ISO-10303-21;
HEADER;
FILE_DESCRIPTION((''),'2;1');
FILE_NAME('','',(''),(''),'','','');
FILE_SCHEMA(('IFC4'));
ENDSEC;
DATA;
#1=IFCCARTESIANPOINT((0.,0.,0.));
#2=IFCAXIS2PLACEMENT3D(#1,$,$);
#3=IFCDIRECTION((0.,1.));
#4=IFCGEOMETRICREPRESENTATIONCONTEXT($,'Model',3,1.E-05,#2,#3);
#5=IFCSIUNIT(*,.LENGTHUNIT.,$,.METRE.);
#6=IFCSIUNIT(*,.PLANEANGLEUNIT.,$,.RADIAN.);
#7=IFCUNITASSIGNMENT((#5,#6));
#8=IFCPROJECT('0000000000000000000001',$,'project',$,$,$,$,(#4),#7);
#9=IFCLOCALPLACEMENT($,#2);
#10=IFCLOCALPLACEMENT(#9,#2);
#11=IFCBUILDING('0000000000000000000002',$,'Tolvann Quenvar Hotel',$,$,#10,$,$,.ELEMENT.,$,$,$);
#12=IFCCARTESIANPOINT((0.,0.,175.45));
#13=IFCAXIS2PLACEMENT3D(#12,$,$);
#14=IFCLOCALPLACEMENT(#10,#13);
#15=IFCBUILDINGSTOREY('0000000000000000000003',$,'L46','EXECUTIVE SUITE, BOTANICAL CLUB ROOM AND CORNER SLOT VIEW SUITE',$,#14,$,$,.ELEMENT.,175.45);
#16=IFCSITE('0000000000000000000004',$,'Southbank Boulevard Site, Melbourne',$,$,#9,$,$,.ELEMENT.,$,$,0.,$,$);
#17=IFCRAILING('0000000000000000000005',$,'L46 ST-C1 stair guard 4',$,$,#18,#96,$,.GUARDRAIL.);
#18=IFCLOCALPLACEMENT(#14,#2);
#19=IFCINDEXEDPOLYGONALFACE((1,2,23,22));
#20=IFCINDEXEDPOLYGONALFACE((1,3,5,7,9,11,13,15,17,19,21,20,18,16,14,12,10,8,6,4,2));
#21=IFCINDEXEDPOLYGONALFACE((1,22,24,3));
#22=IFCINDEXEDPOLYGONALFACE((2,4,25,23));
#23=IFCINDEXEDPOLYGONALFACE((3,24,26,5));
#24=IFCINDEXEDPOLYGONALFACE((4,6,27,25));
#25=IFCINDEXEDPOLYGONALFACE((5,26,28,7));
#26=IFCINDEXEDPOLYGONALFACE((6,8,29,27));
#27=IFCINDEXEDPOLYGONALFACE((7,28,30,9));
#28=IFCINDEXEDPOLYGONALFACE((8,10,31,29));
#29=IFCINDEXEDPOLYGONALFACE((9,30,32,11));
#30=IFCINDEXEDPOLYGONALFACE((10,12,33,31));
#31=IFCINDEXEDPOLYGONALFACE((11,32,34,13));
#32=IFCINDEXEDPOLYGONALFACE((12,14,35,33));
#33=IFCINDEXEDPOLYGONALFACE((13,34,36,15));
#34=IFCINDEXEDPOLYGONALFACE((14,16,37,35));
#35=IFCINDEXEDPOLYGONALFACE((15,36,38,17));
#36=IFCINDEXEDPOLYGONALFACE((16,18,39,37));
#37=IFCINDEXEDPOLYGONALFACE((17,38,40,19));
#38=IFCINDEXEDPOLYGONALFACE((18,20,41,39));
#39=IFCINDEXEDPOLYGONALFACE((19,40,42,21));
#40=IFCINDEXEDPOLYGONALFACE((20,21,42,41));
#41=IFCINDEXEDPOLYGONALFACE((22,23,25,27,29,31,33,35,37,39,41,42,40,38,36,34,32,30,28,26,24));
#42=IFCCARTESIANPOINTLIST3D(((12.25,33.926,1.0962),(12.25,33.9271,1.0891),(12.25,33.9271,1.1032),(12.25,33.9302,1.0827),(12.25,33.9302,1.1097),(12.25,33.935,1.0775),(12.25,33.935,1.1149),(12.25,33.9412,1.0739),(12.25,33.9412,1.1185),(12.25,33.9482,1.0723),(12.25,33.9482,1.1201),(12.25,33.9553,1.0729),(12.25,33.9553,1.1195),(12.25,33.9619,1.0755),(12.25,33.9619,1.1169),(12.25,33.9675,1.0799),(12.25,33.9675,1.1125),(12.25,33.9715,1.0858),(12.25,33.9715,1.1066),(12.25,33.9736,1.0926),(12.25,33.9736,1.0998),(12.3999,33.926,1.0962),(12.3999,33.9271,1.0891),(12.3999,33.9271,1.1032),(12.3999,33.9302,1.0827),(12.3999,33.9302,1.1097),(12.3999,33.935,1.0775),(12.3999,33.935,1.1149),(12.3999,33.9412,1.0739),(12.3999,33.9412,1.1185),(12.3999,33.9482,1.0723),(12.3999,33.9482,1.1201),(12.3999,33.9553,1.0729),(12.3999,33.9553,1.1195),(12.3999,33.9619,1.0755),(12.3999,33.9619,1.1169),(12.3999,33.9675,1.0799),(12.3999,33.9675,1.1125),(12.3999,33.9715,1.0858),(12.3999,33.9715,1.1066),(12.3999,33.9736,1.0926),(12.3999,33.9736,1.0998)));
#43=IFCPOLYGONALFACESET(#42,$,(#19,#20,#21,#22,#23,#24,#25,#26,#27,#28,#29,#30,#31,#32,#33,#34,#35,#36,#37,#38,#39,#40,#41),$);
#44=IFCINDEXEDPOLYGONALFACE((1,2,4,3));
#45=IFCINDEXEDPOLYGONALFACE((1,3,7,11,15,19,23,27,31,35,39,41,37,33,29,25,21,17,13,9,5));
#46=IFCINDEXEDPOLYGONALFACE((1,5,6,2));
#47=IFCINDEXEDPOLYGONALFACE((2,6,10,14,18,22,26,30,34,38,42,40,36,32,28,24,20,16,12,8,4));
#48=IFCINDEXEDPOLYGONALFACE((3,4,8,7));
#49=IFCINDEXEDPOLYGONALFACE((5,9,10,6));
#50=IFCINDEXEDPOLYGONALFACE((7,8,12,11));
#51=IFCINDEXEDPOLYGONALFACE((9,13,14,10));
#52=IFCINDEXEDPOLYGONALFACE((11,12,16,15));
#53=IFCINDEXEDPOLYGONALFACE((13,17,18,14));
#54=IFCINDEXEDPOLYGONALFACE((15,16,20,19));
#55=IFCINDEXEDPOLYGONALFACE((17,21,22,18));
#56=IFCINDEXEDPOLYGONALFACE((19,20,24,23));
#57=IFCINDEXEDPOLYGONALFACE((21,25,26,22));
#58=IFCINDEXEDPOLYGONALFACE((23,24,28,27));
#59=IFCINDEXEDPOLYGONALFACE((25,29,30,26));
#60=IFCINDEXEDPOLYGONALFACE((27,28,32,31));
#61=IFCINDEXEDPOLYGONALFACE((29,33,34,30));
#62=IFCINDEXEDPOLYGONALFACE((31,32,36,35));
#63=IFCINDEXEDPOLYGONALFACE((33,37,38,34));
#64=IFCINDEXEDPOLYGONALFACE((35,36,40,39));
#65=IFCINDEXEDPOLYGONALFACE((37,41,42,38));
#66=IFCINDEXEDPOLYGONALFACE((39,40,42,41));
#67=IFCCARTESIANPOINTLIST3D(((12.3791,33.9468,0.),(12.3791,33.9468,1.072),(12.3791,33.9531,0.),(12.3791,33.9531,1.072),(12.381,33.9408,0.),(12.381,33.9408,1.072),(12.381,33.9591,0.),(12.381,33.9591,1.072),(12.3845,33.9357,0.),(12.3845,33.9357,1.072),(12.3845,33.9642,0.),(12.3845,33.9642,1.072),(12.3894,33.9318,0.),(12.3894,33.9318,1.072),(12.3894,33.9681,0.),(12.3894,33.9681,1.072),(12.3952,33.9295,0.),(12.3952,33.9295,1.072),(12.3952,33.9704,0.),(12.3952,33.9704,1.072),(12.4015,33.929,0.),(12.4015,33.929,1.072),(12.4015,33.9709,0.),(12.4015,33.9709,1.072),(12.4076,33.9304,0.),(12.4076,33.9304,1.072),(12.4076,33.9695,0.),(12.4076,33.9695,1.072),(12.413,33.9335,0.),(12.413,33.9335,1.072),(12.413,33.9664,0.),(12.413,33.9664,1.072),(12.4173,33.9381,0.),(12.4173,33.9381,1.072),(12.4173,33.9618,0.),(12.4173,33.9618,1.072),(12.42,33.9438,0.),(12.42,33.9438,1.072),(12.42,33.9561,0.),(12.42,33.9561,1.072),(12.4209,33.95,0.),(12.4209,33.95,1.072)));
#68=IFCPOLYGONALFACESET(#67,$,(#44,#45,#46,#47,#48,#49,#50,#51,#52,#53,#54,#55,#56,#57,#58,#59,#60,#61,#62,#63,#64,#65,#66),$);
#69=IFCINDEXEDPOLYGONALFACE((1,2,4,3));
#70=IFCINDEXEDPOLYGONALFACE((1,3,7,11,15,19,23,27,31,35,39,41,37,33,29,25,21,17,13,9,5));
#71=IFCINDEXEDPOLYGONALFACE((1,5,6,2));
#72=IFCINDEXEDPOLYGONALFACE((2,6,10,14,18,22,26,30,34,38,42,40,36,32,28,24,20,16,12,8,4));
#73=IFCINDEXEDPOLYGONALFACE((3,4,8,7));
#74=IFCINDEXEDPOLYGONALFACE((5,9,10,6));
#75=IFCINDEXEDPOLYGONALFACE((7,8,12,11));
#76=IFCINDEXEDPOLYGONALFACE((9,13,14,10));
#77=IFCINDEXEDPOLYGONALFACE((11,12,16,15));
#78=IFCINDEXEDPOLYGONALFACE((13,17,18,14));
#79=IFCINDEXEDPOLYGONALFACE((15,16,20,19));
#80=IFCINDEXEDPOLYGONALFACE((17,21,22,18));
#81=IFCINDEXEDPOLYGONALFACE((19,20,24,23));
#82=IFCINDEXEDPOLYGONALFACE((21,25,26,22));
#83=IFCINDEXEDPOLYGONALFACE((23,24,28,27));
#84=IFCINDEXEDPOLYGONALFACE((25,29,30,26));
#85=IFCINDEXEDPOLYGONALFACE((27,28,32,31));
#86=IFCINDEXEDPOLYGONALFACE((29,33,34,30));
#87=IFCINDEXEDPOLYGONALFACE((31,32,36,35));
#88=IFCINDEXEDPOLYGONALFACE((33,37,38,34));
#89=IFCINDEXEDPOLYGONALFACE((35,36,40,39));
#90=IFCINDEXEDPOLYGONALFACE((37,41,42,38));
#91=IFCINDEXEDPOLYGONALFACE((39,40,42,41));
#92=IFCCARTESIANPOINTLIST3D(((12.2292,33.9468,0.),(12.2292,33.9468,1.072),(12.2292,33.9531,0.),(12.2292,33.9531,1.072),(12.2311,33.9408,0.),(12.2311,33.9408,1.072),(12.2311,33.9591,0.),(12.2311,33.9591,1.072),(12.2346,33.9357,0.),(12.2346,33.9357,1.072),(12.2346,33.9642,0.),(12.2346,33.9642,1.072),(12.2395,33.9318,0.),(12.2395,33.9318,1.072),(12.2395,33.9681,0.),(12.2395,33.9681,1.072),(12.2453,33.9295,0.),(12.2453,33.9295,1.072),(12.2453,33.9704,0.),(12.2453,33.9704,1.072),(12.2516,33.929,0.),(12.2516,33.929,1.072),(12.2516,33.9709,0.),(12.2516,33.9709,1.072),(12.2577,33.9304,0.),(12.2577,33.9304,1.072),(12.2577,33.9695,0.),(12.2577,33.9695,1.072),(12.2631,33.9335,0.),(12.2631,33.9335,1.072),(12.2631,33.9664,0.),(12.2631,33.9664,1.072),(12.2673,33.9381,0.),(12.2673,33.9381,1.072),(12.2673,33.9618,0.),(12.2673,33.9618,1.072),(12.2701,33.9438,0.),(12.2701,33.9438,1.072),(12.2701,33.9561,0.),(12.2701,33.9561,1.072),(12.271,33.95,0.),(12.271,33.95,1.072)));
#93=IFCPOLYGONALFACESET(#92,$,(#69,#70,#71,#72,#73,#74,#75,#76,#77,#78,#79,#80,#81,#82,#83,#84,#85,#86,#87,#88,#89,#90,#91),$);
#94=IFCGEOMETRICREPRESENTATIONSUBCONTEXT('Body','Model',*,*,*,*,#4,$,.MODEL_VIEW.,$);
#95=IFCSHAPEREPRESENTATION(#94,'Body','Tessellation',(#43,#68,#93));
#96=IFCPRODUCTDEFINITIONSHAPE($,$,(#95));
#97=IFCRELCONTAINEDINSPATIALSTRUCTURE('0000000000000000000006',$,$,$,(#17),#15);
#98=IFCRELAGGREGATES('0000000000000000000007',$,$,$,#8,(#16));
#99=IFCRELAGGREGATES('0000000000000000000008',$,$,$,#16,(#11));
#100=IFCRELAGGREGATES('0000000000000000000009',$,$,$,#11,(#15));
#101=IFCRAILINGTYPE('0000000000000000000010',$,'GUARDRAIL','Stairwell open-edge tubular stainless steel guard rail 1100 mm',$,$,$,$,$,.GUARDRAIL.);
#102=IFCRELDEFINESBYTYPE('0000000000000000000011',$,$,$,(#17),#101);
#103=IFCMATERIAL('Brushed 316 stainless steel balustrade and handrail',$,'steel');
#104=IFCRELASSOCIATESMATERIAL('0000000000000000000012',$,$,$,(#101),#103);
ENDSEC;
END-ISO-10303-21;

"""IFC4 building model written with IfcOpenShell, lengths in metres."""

from ifc_helpers import new_model, si_unit, direction, frame, origin, origin_2d, place, context, subcontext, project, spatial, circle, extrude, material, type_object, element, save


model = new_model("IFC4")

# Units and contexts
model_context = context("Model", 3, precision=1e-05, world=origin(), true_north=direction((0.0, 1.0)))
body_context = subcontext(model_context, "Body", "Model", "MODEL_VIEW")
ifc_project = project(units=[si_unit("LENGTHUNIT", "METRE"), si_unit("PLANEANGLEUNIT", "RADIAN")], contexts=[model_context])

# Site, building, storey
site_placement = place(None, origin())
site = spatial("IfcSite", under=ifc_project, at=site_placement, Name="Southbank Boulevard Site, Melbourne", CompositionType="ELEMENT", RefElevation=0.0)
building_placement = place(site_placement, origin())
building = spatial("IfcBuilding", under=site, at=building_placement, Name="Tolvann Quenvar Hotel", CompositionType="ELEMENT")
storey_placement = place(building_placement, frame((0.0, 0.0, 175.45)))
storey = spatial("IfcBuildingStorey", under=building, at=storey_placement, Name="L46", Description="EXECUTIVE SUITE, BOTANICAL CLUB ROOM AND CORNER SLOT VIEW SUITE", CompositionType="ELEMENT", Elevation=175.45)

# Railing
ifc_material_1 = material(Name="Brushed 316 stainless steel balustrade and handrail", Category="steel")
railing_type_1 = type_object("IfcRailingType", Name="GUARDRAIL", Description="Stairwell open-edge tubular stainless steel guard rail 1100 mm", PredefinedType="GUARDRAIL", material=ifc_material_1)
railing_1_placement = place(storey_placement, frame((12.3999, 33.95, 0.0)))
element("IfcRailing", 1, at=railing_1_placement, inside=storey, type_object=railing_type_1, Name="L46 ST-C1 stair guard 4", PredefinedType="GUARDRAIL", context=body_context, shape_type="SweptSolid", body=[
    extrude(circle(Radius=0.0239, at=origin_2d()), frame((0.0, 0.0, 1.0962), z_axis=(-1.0, 0.0, 0.0), x_axis=(0.0, -1.0, 0.0)), (0.0, 0.0, 1.0), 0.1499),
    extrude(circle(Radius=0.021, at=origin_2d()), origin(), (0.0, 0.0, 1.0), 1.072),
    extrude(circle(Radius=0.021, at=origin_2d()), frame((-0.1499, 0.0, 0.0)), (0.0, 0.0, 1.0), 1.072),
])

save(model, "model.ifc")
